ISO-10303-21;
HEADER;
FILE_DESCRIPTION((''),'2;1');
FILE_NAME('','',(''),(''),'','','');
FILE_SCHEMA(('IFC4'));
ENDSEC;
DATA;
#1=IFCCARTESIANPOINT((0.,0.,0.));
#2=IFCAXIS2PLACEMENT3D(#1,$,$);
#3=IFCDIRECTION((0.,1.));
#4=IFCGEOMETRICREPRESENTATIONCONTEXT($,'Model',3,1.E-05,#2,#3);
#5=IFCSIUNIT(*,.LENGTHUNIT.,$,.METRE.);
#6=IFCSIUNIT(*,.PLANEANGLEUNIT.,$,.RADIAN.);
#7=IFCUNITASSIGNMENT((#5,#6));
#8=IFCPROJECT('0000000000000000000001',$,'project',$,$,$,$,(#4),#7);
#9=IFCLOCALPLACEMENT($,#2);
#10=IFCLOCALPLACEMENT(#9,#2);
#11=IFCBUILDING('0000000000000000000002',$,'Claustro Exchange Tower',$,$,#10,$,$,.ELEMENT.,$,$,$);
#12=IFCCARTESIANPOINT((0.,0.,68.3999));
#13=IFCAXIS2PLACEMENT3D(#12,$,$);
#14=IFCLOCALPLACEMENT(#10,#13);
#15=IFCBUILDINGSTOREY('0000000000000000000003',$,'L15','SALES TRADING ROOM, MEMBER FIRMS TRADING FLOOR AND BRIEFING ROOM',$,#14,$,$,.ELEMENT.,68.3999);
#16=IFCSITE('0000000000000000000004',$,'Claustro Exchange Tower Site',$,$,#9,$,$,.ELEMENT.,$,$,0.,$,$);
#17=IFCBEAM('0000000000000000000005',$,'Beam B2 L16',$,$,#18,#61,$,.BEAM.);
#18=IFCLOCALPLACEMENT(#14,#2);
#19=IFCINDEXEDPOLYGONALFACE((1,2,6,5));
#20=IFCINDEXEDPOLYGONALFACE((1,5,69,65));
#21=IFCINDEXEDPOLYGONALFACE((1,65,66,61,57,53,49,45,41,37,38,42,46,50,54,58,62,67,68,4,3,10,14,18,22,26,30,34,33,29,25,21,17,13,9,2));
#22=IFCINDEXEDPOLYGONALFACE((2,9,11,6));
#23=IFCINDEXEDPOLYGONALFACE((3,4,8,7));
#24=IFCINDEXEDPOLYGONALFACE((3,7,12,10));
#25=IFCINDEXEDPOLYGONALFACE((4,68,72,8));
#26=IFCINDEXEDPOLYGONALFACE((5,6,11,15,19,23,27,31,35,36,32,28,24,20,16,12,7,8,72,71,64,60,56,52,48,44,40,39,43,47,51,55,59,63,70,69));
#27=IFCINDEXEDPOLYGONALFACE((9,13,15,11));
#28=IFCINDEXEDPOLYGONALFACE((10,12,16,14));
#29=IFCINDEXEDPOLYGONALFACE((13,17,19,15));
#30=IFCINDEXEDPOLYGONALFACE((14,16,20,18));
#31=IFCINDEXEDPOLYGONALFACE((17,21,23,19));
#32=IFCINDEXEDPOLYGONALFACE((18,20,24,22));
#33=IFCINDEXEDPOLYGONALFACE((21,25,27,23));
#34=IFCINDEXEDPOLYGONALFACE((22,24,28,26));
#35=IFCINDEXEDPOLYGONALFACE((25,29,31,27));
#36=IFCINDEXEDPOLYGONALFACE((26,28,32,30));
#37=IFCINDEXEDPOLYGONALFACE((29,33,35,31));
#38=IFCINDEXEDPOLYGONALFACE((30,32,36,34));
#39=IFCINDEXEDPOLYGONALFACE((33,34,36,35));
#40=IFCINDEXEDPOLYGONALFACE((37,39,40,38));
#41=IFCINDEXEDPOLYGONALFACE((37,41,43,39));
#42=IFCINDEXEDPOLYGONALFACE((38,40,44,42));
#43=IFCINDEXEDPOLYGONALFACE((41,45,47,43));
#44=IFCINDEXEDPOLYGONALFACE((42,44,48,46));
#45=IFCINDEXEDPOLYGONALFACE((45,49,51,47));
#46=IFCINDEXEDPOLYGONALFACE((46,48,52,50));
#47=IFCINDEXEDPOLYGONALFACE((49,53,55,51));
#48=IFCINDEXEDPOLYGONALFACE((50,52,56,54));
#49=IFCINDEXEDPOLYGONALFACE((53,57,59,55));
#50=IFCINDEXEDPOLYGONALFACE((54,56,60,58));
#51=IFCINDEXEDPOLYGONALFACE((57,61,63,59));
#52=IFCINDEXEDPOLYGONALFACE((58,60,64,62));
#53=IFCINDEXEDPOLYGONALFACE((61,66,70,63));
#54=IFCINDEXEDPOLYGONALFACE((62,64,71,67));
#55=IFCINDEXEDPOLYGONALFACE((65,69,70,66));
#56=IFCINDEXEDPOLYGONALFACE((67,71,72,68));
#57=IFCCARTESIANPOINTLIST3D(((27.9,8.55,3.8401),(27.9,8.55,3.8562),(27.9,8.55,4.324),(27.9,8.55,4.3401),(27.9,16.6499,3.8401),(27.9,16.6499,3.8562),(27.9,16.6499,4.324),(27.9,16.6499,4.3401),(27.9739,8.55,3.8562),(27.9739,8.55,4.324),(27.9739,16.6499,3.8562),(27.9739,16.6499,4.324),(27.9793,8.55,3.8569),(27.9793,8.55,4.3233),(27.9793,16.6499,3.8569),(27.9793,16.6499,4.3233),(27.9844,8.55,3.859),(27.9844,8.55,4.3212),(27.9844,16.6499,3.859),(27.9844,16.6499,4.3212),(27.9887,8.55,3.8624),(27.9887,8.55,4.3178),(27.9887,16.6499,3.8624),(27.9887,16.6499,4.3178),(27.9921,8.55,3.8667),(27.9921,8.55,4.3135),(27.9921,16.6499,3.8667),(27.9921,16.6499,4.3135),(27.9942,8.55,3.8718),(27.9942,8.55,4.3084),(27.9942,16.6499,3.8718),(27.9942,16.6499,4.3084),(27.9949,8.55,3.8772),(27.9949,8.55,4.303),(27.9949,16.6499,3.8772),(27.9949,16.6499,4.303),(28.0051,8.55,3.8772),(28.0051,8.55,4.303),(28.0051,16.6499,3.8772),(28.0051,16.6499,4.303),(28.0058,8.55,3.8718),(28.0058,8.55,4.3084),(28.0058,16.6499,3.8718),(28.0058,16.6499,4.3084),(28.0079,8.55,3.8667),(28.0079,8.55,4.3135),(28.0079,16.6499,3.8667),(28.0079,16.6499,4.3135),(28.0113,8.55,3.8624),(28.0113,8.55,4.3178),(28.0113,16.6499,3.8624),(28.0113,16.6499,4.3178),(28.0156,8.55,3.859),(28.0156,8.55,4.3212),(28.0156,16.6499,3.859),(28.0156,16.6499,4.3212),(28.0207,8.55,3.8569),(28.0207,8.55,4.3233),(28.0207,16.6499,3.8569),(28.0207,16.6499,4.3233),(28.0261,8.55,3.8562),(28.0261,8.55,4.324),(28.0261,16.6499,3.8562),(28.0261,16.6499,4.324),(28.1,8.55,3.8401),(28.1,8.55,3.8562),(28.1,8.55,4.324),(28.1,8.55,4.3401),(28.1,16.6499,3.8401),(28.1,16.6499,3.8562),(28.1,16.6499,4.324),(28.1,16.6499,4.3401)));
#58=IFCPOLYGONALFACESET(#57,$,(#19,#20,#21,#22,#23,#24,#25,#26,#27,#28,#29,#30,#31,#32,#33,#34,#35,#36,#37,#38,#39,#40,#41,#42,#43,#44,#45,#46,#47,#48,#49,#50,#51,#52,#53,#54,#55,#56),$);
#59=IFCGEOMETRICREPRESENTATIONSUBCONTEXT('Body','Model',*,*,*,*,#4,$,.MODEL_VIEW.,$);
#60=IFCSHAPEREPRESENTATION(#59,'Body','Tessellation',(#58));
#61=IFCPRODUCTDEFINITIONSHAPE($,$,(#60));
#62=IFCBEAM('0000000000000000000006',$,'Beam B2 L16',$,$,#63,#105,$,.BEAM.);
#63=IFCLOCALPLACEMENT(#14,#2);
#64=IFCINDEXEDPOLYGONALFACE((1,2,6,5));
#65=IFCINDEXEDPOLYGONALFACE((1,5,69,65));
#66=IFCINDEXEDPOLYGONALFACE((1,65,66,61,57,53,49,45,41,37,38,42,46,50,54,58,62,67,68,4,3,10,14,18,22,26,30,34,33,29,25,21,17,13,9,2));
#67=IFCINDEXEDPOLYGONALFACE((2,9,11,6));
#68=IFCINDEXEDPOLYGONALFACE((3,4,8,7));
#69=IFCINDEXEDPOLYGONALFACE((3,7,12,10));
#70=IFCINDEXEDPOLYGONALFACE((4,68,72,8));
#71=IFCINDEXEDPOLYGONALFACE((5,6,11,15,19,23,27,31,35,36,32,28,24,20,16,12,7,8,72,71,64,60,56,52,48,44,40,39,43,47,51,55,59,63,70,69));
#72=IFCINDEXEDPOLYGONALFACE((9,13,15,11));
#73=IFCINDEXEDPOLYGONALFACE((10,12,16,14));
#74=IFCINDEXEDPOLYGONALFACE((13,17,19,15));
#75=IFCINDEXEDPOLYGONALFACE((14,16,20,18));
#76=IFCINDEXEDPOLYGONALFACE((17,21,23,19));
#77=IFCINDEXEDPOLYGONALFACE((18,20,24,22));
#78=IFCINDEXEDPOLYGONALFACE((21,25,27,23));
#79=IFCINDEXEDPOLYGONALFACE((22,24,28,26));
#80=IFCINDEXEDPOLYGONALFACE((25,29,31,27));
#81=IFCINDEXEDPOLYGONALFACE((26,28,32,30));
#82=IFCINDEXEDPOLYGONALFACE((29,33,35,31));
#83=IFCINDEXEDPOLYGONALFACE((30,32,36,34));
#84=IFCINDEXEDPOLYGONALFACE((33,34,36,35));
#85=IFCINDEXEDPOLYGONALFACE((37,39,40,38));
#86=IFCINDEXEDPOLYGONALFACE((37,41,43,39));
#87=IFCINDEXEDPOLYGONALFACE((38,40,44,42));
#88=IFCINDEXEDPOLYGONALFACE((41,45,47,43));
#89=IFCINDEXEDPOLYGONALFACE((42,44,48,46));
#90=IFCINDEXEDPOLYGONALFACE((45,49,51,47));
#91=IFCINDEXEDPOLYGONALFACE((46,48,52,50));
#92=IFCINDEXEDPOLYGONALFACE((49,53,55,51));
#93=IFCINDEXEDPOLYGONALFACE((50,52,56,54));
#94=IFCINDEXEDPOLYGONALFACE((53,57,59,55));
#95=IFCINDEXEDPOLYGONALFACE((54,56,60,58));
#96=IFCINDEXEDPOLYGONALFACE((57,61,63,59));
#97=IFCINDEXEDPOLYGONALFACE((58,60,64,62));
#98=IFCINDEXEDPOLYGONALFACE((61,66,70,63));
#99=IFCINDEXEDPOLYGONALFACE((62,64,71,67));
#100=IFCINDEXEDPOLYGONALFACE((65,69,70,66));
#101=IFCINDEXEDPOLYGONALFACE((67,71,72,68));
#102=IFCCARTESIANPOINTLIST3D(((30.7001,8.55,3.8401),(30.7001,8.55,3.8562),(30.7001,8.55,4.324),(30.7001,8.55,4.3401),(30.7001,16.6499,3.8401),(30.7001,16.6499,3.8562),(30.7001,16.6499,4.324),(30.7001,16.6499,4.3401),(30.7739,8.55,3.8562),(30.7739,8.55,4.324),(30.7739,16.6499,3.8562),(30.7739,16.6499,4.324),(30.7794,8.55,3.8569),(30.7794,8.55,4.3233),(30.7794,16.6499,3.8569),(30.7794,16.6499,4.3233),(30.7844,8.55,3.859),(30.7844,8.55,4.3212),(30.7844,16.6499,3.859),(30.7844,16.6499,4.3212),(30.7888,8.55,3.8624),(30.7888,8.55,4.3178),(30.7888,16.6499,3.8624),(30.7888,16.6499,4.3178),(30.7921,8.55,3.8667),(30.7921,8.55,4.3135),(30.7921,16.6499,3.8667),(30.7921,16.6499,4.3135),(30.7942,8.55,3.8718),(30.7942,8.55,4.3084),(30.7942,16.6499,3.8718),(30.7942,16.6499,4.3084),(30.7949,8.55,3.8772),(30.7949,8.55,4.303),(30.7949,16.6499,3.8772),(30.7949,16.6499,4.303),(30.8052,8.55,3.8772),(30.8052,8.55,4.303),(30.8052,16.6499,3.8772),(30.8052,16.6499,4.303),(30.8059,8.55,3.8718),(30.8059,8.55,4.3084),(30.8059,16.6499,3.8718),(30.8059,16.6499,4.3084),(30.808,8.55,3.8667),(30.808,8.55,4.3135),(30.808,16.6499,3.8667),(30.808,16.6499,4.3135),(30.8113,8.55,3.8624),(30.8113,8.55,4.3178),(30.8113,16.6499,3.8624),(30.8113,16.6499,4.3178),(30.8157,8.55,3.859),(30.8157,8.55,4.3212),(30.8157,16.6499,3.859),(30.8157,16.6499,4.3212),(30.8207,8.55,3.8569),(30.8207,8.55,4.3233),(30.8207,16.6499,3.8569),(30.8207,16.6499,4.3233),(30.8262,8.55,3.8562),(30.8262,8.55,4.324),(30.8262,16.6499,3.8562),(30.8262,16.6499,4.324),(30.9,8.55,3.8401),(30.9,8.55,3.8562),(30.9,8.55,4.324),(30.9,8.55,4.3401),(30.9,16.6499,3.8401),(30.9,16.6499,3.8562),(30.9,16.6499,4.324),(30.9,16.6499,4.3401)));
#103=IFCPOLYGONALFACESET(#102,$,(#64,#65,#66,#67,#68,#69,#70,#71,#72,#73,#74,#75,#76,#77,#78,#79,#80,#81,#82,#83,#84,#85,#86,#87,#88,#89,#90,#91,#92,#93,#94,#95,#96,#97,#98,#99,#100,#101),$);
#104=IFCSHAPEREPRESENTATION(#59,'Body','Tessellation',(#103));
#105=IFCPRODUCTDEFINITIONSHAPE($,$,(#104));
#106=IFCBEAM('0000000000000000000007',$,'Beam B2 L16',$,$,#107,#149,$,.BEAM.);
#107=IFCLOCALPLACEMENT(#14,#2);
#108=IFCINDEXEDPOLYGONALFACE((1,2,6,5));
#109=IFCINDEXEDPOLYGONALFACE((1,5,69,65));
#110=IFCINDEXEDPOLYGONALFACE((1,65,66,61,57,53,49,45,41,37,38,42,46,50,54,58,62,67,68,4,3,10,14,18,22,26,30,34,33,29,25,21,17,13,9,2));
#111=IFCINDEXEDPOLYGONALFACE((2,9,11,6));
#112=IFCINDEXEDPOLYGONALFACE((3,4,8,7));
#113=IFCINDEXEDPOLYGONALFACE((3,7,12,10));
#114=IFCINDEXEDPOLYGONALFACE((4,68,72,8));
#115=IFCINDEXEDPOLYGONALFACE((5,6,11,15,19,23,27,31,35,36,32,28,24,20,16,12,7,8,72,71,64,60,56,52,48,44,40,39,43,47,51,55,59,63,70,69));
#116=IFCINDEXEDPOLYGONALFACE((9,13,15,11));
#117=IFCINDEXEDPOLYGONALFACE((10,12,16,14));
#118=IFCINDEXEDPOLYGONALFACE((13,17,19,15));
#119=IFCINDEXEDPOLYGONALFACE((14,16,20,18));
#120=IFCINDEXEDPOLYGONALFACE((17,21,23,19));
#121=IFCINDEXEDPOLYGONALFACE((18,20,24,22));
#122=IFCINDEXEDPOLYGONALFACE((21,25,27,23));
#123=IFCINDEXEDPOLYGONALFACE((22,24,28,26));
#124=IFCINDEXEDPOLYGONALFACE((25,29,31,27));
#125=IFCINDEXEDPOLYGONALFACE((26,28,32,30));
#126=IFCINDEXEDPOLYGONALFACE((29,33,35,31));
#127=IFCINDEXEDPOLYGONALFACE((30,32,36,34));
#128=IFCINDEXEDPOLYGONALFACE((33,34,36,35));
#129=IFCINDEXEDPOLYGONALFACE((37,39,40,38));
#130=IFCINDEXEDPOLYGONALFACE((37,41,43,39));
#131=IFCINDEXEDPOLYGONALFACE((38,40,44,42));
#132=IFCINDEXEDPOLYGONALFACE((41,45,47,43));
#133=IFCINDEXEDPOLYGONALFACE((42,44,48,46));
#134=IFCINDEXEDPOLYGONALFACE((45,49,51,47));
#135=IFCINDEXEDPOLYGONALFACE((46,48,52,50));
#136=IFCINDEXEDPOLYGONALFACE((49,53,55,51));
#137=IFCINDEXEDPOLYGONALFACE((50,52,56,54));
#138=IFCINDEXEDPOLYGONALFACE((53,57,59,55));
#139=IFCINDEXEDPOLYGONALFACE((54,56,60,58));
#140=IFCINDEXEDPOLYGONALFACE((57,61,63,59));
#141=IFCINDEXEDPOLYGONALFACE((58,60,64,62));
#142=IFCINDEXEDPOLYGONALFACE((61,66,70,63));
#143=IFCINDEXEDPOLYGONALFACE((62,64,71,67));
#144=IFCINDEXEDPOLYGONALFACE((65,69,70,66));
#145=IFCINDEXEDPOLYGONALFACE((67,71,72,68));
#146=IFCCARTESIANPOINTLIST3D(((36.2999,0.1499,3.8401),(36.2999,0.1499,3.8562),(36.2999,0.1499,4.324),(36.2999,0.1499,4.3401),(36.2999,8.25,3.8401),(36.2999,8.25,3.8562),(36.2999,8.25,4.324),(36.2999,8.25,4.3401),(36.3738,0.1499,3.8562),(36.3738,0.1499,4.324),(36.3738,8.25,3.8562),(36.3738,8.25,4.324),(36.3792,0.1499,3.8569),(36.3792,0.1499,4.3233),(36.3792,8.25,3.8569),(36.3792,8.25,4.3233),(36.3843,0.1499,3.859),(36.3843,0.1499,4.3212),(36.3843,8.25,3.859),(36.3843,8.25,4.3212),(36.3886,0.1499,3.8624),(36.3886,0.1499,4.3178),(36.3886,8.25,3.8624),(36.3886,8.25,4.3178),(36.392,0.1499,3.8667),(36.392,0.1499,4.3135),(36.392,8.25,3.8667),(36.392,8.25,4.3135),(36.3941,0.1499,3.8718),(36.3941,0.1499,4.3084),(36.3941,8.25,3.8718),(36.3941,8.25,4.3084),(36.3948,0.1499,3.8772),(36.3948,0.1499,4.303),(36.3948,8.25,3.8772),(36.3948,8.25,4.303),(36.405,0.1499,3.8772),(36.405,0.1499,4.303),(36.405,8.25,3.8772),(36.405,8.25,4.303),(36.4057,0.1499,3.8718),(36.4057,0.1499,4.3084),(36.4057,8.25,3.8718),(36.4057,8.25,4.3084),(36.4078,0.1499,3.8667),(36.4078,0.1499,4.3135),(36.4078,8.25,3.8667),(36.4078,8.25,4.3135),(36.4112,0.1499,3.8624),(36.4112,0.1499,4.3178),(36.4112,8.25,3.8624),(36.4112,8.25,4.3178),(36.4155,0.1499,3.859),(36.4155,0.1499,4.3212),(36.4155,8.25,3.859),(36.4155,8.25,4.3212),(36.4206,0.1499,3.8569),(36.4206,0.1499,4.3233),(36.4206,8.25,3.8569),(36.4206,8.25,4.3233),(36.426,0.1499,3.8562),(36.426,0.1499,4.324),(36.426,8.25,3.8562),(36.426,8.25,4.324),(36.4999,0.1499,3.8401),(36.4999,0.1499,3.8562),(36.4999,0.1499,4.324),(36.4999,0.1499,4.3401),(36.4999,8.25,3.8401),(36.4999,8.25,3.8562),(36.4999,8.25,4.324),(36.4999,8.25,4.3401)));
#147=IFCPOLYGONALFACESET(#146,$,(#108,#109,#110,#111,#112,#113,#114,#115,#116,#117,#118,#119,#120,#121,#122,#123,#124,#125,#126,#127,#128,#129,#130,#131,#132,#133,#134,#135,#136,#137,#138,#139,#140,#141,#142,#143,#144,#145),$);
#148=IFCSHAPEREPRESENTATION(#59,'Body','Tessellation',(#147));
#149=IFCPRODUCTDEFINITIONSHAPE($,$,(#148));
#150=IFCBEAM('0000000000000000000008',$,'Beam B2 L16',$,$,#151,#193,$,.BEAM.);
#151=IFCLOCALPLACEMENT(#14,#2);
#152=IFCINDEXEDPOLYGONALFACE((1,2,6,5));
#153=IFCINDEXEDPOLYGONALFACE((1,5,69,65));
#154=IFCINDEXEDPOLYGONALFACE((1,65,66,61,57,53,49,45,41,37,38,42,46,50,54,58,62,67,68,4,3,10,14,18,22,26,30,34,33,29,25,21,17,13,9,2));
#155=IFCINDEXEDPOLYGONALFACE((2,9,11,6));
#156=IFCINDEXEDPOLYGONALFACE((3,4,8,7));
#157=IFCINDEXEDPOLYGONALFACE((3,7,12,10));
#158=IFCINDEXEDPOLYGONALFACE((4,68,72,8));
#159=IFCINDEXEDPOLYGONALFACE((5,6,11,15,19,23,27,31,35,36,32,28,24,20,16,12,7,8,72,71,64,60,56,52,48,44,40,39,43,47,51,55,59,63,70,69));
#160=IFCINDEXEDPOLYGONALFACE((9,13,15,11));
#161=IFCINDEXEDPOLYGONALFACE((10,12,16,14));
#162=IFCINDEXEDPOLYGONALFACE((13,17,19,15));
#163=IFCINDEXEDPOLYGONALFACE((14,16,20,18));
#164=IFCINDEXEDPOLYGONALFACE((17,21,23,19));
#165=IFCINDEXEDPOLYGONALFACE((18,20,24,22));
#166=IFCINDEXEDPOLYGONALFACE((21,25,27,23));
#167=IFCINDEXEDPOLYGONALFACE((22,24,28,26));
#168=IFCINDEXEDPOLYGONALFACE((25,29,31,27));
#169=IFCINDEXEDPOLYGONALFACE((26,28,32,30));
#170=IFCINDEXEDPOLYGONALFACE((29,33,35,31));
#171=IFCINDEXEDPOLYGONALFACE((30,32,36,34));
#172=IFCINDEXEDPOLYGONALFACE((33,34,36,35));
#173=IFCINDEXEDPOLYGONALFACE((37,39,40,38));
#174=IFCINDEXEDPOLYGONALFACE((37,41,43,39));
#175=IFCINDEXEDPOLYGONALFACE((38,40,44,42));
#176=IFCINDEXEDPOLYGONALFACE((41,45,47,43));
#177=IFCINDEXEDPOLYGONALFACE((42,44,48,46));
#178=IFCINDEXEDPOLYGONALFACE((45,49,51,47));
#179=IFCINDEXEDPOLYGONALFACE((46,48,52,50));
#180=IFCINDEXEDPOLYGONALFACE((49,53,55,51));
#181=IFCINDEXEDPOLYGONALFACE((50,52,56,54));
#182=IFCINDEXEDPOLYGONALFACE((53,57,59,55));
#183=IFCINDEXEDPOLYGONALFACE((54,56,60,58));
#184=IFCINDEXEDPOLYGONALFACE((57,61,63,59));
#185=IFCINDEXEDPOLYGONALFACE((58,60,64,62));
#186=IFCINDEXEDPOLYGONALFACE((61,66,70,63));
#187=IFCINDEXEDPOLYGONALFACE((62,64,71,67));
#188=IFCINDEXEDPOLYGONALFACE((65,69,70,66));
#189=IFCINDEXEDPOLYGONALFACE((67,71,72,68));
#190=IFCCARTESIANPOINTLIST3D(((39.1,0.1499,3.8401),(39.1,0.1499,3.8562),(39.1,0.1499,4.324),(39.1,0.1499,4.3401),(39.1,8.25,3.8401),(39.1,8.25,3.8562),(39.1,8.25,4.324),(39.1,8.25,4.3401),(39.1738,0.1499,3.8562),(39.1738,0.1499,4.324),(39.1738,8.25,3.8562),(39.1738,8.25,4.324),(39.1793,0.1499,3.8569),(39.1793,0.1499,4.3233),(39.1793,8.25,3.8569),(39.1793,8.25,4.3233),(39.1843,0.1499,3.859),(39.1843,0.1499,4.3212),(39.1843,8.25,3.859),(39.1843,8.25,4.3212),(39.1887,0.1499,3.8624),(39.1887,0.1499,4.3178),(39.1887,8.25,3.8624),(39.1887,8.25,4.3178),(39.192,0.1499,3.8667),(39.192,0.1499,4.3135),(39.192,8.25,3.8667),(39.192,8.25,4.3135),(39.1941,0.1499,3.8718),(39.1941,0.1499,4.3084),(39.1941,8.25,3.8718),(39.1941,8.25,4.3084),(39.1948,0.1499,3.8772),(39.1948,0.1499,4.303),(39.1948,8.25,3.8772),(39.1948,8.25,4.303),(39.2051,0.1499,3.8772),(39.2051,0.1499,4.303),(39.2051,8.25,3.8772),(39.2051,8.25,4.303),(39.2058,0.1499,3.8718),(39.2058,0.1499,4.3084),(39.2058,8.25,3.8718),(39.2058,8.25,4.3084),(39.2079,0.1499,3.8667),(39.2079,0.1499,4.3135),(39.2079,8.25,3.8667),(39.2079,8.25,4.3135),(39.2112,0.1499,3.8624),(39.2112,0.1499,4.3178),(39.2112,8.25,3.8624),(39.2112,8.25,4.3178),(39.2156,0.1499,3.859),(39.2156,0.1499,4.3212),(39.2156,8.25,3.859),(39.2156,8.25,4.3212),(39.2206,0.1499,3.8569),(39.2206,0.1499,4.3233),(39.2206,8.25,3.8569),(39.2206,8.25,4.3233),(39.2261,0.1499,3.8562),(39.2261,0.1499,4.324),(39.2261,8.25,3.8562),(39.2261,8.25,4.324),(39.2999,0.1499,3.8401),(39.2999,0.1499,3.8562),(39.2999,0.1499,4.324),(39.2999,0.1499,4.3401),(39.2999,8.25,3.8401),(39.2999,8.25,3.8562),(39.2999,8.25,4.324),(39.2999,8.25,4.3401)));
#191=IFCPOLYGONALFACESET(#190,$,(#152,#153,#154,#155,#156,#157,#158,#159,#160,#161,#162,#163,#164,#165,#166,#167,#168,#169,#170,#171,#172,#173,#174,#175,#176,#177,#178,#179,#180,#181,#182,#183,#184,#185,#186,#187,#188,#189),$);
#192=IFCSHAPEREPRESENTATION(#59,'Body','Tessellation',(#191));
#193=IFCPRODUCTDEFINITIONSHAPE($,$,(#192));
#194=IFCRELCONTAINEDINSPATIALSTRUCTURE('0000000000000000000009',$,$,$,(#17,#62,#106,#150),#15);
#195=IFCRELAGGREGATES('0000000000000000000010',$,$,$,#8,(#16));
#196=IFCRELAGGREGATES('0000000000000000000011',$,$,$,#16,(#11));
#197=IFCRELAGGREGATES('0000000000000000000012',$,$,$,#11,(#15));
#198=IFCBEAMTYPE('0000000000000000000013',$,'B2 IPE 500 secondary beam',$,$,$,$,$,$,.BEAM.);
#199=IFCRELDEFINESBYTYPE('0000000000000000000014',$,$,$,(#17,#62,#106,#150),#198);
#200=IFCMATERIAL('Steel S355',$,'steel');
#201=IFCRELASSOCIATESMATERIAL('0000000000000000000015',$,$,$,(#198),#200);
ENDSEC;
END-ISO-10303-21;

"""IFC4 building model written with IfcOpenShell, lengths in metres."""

from ifc_helpers import new_model, si_unit, direction, frame, origin, origin_2d, place, context, subcontext, project, spatial, i_section, extrude, material, material_profile, profile_set, type_object, element, save


model = new_model("IFC4")

# Units and contexts
model_context = context("Model", 3, precision=1e-05, world=origin(), true_north=direction((0.0, 1.0)))
body_context = subcontext(model_context, "Body", "Model", "MODEL_VIEW")
ifc_project = project(units=[si_unit("LENGTHUNIT", "METRE"), si_unit("PLANEANGLEUNIT", "RADIAN")], contexts=[model_context])

# Site, building, storey
site_placement = place(None, origin())
site = spatial("IfcSite", under=ifc_project, at=site_placement, Name="Claustro Exchange Tower Site", CompositionType="ELEMENT", RefElevation=0.0)
building_placement = place(site_placement, origin())
building = spatial("IfcBuilding", under=site, at=building_placement, Name="Claustro Exchange Tower", CompositionType="ELEMENT")
storey_placement = place(building_placement, frame((0.0, 0.0, 68.3999)))
storey = spatial("IfcBuildingStorey", under=building, at=storey_placement, Name="L15", Description="SALES TRADING ROOM, MEMBER FIRMS TRADING FLOOR AND BRIEFING ROOM", CompositionType="ELEMENT", Elevation=68.3999)

# Beams
ifc_material_1 = material(Name="Steel S355", Category="steel")
ifc_material_profile_1 = material_profile(ifc_material_1, i_section(OverallWidth=0.2, OverallDepth=0.5, WebThickness=0.0103, FlangeThickness=0.0161, FilletRadius=0.021, at=origin_2d()), Name="IPE 500")
ifc_profile_set_1 = profile_set([ifc_material_profile_1], Name="Steel S355")
beam_type_1 = type_object("IfcBeamType", Name="B2 IPE 500 secondary beam", PredefinedType="BEAM", material=ifc_profile_set_1)
for number, where, z_axis, x_axis, name in (
    (1, (28.0, 8.55, 4.0901), (0.0, 1.0, 0.0), (-1.0, 0.0, 0.0), "Beam B2 L16"),
    (2, (30.8, 8.55, 4.0901), (0.0, 1.0, 0.0), (-1.0, 0.0, 0.0), "Beam B2 L16"),
):
    element("IfcBeam", number, at=place(storey_placement, frame(where, z_axis=z_axis, x_axis=x_axis)), inside=storey, type_object=beam_type_1, Name=name, PredefinedType="BEAM", context=body_context, shape_type="SweptSolid", body=[
        extrude(i_section(OverallWidth=0.2, OverallDepth=0.5, WebThickness=0.0103, FlangeThickness=0.0161, FilletRadius=0.021, at=origin_2d()), origin(), (0.0, 0.0, 1.0), 8.0999),
    ])
for number, where, z_axis, x_axis, name in (
    (3, (36.3999, 0.1499, 4.0901), (0.0, 1.0, 0.0), (-1.0, 0.0, 0.0), "Beam B2 L16"),
    (4, (39.2, 0.1499, 4.0901), (0.0, 1.0, 0.0), (-1.0, 0.0, 0.0), "Beam B2 L16"),
):
    element("IfcBeam", number, at=place(storey_placement, frame(where, z_axis=z_axis, x_axis=x_axis)), inside=storey, type_object=beam_type_1, Name=name, PredefinedType="BEAM", context=body_context, shape_type="SweptSolid", body=[
        extrude(i_section(OverallWidth=0.2, OverallDepth=0.5, WebThickness=0.0103, FlangeThickness=0.0161, FilletRadius=0.021, at=origin_2d()), origin(), (0.0, 0.0, 1.0), 8.1001),
    ])

save(model, "model.ifc")
